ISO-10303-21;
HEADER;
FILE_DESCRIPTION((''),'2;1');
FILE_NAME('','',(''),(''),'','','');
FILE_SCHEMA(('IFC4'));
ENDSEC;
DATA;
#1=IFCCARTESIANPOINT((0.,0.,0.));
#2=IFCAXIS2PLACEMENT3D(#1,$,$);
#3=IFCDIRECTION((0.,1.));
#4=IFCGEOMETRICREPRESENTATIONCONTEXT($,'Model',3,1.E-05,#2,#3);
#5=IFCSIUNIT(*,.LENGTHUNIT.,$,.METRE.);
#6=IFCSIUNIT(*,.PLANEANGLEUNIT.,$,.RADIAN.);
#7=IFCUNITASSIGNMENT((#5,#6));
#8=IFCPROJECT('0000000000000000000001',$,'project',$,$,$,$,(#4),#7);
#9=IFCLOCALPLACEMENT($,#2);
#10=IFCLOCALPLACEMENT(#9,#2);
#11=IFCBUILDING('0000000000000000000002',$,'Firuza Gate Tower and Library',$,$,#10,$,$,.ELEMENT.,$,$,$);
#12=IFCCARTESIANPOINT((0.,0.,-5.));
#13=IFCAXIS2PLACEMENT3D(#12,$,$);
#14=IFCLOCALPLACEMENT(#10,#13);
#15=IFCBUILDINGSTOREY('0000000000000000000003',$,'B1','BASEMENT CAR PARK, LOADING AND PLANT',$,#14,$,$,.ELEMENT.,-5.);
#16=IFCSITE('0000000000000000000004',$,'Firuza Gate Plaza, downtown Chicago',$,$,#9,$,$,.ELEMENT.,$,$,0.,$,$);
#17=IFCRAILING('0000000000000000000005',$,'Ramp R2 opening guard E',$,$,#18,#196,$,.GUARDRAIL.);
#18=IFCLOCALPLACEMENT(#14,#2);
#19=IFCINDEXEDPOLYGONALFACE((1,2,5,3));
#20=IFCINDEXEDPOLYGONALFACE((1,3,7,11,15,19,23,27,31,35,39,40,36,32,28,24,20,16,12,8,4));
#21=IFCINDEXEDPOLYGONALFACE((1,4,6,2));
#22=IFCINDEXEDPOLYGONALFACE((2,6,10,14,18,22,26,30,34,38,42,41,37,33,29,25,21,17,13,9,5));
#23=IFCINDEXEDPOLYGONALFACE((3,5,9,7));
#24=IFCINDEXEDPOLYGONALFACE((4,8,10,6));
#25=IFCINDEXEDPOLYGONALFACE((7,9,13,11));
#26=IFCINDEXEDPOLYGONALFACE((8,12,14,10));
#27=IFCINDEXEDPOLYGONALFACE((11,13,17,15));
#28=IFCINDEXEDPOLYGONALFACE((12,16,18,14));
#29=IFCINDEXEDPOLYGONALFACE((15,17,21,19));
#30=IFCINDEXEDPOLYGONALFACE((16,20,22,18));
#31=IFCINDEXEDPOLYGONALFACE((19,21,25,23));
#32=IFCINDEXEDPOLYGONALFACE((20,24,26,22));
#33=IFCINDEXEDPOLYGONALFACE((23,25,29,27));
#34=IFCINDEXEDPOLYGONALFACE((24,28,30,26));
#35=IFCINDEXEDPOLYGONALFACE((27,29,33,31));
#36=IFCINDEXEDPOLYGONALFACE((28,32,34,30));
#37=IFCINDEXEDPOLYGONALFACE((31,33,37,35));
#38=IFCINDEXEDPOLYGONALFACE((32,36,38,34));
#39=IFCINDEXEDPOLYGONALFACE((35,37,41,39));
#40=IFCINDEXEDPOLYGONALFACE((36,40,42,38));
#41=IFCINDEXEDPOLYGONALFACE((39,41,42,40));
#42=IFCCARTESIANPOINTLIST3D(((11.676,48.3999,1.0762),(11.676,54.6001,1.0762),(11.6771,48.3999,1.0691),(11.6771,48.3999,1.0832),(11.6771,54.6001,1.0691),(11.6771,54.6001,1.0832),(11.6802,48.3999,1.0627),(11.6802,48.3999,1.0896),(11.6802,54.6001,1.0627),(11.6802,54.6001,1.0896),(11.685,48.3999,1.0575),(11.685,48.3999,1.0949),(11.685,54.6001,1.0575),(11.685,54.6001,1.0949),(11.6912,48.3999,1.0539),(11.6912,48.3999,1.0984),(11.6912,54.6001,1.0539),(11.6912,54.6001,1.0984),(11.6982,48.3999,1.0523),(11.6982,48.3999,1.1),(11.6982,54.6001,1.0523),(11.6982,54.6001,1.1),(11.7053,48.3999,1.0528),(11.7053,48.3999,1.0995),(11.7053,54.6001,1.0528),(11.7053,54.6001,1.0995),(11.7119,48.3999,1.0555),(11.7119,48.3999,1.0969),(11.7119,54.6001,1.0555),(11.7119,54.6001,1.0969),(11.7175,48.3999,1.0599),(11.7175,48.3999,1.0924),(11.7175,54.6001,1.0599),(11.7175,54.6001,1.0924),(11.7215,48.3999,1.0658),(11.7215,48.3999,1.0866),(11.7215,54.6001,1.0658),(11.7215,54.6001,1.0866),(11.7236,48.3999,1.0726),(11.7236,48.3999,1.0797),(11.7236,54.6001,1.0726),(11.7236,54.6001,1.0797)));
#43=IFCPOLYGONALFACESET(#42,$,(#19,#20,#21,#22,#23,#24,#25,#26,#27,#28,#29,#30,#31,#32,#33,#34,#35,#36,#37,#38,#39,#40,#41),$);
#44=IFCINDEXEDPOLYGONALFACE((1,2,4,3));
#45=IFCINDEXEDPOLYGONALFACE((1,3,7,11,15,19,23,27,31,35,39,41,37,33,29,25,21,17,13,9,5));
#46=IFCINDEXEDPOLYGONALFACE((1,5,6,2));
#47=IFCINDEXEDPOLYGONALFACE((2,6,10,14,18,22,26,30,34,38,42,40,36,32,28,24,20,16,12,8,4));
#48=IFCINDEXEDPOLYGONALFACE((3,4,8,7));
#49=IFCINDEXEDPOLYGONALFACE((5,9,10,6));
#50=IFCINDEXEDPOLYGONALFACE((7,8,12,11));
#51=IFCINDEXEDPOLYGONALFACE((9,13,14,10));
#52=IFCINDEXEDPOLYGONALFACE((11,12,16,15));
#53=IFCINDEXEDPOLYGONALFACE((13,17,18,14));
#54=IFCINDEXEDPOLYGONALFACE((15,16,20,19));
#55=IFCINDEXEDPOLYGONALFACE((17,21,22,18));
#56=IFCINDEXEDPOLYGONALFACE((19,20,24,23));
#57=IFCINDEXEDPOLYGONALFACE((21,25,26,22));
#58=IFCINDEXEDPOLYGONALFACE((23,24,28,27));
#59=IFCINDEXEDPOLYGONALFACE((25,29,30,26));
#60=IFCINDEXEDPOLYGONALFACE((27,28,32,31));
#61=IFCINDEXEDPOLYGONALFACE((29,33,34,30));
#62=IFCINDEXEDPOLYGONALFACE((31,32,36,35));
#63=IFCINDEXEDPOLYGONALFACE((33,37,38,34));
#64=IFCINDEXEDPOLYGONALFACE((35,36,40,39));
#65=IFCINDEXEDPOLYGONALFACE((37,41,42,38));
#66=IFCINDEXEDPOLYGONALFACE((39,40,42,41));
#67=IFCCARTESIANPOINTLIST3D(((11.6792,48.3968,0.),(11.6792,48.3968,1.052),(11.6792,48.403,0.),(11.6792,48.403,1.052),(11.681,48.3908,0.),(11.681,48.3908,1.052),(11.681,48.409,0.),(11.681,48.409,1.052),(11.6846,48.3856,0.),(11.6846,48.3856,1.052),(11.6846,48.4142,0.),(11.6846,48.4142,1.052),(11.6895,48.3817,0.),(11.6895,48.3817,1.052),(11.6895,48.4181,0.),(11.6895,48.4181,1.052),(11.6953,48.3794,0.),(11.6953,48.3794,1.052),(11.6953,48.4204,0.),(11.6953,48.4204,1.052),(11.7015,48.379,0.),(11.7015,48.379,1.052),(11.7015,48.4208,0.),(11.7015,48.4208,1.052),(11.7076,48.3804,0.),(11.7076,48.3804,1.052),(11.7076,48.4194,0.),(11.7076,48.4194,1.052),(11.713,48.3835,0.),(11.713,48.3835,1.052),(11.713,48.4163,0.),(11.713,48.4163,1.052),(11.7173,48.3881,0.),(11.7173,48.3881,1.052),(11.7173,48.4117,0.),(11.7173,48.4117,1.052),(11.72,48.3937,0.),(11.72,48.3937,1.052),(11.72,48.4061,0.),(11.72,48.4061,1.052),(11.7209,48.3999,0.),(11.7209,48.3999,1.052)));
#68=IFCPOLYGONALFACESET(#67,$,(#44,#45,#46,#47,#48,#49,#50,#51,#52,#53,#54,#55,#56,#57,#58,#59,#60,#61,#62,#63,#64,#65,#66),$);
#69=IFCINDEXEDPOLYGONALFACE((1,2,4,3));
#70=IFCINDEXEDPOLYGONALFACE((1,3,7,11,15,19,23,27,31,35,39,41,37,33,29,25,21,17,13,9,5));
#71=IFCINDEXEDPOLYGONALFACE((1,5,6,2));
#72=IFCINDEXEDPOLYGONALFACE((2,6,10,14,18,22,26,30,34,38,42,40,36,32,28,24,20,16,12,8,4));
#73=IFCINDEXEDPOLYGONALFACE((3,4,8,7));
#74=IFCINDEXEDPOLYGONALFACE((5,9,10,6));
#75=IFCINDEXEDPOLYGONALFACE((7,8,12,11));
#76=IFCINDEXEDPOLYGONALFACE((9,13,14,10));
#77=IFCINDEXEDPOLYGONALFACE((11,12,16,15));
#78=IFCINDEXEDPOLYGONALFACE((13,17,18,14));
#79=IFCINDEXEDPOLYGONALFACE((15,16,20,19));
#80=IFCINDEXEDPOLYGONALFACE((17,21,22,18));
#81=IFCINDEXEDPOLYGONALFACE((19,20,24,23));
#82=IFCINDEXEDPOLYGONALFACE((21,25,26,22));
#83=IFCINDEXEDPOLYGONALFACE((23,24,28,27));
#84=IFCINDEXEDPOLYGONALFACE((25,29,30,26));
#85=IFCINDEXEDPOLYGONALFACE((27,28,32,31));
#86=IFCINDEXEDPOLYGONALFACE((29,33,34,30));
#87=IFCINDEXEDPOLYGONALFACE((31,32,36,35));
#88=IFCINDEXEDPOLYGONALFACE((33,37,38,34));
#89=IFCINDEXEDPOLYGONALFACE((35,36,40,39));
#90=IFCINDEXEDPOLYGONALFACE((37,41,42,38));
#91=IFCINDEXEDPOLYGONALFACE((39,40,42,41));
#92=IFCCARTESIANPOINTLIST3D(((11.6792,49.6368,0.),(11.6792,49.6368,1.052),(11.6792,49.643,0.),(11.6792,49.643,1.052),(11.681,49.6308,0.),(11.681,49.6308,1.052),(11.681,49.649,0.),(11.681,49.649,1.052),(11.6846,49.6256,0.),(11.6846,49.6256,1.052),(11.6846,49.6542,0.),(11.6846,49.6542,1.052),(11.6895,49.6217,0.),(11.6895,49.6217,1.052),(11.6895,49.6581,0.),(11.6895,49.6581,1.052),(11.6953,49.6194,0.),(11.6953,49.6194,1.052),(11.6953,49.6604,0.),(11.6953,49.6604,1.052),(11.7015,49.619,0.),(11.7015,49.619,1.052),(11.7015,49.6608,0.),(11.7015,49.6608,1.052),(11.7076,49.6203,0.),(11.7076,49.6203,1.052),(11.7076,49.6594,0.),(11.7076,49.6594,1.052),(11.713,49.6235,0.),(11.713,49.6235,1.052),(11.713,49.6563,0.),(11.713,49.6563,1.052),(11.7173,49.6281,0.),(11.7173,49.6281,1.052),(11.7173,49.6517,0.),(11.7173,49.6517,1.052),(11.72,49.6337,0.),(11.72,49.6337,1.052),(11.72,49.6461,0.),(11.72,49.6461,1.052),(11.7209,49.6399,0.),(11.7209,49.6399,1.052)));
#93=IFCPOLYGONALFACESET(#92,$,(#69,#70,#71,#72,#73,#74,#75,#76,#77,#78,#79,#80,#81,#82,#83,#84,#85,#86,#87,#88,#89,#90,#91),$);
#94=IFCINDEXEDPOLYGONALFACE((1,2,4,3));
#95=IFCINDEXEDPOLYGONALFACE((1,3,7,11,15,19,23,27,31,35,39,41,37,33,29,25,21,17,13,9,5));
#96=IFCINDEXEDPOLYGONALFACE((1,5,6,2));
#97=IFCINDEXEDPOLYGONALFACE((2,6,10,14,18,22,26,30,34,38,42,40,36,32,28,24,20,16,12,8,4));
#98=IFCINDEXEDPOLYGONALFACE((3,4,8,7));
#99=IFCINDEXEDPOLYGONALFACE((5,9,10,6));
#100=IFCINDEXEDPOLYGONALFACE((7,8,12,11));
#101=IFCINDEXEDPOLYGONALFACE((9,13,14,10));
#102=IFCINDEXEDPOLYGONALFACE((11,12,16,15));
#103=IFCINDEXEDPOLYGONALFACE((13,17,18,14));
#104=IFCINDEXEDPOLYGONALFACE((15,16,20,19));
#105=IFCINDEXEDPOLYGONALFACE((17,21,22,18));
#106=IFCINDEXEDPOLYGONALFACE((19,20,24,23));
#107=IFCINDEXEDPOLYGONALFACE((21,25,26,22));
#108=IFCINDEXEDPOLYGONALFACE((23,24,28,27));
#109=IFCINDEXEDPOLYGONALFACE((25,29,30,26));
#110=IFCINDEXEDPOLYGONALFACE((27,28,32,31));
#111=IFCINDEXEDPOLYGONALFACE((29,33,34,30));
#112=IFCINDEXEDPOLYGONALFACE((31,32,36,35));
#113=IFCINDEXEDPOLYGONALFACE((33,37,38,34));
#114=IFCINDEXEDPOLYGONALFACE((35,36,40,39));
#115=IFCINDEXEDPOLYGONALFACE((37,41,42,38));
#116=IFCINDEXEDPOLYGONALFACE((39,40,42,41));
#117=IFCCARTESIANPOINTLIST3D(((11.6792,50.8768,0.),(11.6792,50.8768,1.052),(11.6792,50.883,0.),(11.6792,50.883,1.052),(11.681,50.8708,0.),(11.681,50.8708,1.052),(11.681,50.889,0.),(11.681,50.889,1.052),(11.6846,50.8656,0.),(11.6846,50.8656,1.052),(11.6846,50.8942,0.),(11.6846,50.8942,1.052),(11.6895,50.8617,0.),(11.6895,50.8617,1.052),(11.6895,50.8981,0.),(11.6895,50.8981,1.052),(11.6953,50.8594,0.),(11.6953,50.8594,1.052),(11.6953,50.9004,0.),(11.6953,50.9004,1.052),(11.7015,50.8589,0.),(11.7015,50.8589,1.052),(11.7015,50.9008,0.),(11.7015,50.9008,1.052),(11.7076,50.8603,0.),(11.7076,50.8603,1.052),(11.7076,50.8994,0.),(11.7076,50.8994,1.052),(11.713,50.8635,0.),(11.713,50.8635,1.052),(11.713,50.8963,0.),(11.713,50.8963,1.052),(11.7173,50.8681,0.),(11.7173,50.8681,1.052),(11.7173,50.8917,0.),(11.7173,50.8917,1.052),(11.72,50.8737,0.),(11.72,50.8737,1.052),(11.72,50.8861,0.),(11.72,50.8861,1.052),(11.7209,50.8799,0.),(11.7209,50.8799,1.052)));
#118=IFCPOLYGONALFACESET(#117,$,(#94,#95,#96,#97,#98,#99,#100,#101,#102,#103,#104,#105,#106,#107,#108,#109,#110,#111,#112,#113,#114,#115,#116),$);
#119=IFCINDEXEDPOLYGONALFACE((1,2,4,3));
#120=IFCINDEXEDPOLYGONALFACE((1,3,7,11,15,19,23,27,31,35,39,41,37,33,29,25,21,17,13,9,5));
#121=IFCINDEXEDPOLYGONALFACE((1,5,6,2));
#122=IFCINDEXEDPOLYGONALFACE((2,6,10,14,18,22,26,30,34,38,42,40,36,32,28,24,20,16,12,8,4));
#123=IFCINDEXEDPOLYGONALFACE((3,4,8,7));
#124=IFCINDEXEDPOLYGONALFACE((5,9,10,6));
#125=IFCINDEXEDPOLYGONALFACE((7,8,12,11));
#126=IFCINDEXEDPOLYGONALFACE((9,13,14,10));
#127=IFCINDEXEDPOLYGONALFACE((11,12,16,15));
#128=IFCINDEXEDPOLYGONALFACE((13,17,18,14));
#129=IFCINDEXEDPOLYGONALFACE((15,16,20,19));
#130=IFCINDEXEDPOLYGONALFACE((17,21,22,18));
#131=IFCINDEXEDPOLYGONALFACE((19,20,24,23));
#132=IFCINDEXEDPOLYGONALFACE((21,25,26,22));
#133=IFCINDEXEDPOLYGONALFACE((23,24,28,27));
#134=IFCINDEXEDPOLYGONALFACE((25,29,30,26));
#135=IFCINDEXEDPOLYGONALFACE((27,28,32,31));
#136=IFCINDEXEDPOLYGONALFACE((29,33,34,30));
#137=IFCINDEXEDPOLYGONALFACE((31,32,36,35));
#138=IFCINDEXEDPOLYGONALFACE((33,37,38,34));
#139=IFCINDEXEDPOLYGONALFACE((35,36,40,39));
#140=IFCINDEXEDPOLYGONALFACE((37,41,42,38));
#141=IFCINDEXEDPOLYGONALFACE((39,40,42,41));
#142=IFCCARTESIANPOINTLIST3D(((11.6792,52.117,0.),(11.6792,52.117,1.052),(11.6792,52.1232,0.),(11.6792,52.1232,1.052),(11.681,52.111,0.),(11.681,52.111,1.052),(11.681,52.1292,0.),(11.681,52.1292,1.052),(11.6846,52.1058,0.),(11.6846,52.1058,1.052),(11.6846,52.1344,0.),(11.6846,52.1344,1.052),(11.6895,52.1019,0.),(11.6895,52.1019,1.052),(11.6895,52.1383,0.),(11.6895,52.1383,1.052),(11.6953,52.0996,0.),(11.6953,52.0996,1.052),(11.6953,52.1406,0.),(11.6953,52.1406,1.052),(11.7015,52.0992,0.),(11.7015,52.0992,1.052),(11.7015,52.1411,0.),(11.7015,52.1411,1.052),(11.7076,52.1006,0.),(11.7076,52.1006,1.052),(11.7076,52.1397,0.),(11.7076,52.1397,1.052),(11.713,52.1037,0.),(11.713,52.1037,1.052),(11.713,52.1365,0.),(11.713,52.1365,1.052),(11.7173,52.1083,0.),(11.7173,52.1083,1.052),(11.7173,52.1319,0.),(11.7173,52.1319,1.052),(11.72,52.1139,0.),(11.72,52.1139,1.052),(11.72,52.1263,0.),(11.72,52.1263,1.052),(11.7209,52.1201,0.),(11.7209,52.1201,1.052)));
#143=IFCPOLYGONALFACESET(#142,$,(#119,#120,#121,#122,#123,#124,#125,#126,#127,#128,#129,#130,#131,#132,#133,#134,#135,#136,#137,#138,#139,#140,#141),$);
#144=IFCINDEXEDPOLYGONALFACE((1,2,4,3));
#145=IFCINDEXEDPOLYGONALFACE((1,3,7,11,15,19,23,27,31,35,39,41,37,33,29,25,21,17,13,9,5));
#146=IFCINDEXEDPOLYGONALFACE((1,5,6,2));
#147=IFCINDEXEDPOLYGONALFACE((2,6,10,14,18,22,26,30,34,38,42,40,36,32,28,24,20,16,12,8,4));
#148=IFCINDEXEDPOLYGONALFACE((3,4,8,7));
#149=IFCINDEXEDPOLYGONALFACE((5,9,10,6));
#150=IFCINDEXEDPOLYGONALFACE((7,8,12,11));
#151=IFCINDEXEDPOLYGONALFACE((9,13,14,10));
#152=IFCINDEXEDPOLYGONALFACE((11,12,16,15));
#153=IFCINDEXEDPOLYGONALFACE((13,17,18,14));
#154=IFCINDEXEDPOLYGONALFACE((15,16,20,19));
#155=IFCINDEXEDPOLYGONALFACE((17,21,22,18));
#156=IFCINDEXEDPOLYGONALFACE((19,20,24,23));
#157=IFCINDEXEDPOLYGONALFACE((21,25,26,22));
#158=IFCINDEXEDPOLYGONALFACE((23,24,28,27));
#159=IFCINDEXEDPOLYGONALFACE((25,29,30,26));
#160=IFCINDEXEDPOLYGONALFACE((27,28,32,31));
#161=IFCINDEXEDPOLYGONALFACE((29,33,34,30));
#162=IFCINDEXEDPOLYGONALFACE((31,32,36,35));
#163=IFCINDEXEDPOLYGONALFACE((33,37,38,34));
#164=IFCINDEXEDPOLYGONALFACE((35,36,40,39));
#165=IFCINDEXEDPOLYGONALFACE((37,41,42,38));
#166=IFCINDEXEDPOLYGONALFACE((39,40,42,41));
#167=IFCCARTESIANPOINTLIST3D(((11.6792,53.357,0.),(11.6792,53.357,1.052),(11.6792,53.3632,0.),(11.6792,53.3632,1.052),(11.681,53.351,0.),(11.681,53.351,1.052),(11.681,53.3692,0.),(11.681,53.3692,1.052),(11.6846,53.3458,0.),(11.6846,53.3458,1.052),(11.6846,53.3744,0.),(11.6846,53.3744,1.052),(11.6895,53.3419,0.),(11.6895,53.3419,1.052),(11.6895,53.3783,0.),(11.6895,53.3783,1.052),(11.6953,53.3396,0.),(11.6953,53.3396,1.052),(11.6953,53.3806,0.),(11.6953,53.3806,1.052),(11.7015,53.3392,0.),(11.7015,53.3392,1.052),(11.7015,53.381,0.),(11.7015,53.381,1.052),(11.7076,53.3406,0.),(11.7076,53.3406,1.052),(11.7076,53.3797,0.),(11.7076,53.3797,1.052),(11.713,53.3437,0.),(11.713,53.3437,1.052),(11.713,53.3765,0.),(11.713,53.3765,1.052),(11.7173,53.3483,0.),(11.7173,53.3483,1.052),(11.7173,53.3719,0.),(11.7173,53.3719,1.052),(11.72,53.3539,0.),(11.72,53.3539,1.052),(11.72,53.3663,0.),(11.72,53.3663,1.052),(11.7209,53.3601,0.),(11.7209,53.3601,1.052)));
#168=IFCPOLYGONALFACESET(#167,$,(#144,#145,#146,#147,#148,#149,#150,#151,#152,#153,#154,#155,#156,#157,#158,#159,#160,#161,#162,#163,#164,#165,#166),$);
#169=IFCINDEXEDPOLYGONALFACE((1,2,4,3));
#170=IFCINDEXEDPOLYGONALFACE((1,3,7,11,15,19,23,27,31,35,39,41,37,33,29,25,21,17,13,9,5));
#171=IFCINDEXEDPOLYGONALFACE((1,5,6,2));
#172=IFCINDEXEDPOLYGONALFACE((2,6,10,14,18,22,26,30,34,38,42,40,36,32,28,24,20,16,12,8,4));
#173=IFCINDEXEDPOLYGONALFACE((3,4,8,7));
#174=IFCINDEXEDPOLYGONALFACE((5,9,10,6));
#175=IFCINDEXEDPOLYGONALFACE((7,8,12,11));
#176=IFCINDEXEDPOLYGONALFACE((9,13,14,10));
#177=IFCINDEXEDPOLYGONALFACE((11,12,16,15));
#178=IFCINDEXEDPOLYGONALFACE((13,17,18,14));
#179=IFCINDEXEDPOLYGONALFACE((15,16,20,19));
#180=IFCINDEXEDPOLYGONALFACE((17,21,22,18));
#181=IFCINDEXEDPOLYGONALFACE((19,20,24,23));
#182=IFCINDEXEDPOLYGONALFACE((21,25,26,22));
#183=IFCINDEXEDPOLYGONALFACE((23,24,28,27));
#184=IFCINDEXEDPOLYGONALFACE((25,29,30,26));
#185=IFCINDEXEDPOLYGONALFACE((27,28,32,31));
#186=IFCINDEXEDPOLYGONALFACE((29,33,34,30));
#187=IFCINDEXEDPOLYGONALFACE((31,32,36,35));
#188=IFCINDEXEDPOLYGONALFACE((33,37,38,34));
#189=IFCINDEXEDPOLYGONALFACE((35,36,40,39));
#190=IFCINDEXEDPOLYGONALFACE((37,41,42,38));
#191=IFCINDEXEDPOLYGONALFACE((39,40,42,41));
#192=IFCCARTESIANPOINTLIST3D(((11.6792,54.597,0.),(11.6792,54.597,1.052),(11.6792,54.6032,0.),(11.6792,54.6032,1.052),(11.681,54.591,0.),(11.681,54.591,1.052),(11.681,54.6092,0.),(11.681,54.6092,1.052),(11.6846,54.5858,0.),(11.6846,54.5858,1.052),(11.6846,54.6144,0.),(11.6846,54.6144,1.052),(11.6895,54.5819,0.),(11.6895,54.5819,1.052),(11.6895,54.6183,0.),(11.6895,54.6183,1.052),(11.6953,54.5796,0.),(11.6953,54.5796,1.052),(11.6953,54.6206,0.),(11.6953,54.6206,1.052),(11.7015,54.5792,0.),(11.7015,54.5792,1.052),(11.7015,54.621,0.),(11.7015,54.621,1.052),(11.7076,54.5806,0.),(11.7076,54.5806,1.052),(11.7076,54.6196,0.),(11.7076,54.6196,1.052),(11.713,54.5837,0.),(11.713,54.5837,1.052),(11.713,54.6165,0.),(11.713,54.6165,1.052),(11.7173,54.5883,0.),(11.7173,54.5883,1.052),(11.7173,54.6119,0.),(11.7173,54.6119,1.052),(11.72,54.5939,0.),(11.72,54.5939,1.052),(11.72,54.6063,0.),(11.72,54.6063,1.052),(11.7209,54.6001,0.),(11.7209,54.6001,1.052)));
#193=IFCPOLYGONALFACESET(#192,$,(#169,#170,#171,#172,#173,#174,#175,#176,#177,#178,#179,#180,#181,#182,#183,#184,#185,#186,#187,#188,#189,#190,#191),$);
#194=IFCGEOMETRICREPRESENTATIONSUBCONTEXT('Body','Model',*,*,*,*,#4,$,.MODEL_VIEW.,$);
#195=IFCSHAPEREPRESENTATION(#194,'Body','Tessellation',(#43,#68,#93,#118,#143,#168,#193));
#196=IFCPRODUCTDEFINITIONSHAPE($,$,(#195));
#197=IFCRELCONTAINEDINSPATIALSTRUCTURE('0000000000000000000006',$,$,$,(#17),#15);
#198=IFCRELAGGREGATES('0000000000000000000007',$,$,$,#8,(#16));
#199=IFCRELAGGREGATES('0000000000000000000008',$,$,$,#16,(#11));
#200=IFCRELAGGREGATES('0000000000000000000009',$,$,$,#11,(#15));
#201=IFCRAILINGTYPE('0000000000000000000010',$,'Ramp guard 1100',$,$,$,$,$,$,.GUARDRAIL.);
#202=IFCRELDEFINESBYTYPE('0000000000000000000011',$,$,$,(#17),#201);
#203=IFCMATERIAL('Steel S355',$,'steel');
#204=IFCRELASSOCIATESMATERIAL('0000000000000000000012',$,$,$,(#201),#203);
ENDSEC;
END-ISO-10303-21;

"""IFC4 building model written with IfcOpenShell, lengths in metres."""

from ifc_helpers import new_model, si_unit, direction, frame, origin, origin_2d, place, context, subcontext, project, spatial, circle, extrude, material, type_object, element, save


model = new_model("IFC4")

# Units and contexts
model_context = context("Model", 3, precision=1e-05, world=origin(), true_north=direction((0.0, 1.0)))
body_context = subcontext(model_context, "Body", "Model", "MODEL_VIEW")
ifc_project = project(units=[si_unit("LENGTHUNIT", "METRE"), si_unit("PLANEANGLEUNIT", "RADIAN")], contexts=[model_context])

# Site, building, storey
site_placement = place(None, origin())
site = spatial("IfcSite", under=ifc_project, at=site_placement, Name="Firuza Gate Plaza, downtown Chicago", CompositionType="ELEMENT", RefElevation=0.0)
building_placement = place(site_placement, origin())
building = spatial("IfcBuilding", under=site, at=building_placement, Name="Firuza Gate Tower and Library", CompositionType="ELEMENT")
storey_placement = place(building_placement, frame((0.0, 0.0, -5.0)))
storey = spatial("IfcBuildingStorey", under=building, at=storey_placement, Name="B1", Description="BASEMENT CAR PARK, LOADING AND PLANT", CompositionType="ELEMENT", Elevation=-5.0)

# Railing
ifc_material_1 = material(Name="Steel S355", Category="steel")
railing_type = type_object("IfcRailingType", Name="Ramp guard 1100", PredefinedType="GUARDRAIL", material=ifc_material_1)
railing_1_placement = place(storey_placement, frame((11.7, 48.3999, 0.0)))
element("IfcRailing", 1, at=railing_1_placement, inside=storey, type_object=railing_type, Name="Ramp R2 opening guard E", PredefinedType="GUARDRAIL", context=body_context, shape_type="SweptSolid", body=[
    extrude(circle(Radius=0.0239, at=origin_2d()), frame((0.0, 0.0, 1.0762), z_axis=(0.0, 1.0, 0.0), x_axis=(-1.0, 0.0, 0.0)), (0.0, 0.0, 1.0), 6.2002),
    extrude(circle(Radius=0.021, at=origin_2d()), origin(), (0.0, 0.0, 1.0), 1.052),
    extrude(circle(Radius=0.021, at=origin_2d()), frame((0.0, 1.24, 0.0)), (0.0, 0.0, 1.0), 1.052),
    extrude(circle(Radius=0.021, at=origin_2d()), frame((0.0, 2.48, 0.0)), (0.0, 0.0, 1.0), 1.052),
    extrude(circle(Radius=0.021, at=origin_2d()), frame((0.0, 3.7202, 0.0)), (0.0, 0.0, 1.0), 1.052),
    extrude(circle(Radius=0.021, at=origin_2d()), frame((0.0, 4.9602, 0.0)), (0.0, 0.0, 1.0), 1.052),
    extrude(circle(Radius=0.021, at=origin_2d()), frame((0.0, 6.2002, 0.0)), (0.0, 0.0, 1.0), 1.052),
])

save(model, "model.ifc")
